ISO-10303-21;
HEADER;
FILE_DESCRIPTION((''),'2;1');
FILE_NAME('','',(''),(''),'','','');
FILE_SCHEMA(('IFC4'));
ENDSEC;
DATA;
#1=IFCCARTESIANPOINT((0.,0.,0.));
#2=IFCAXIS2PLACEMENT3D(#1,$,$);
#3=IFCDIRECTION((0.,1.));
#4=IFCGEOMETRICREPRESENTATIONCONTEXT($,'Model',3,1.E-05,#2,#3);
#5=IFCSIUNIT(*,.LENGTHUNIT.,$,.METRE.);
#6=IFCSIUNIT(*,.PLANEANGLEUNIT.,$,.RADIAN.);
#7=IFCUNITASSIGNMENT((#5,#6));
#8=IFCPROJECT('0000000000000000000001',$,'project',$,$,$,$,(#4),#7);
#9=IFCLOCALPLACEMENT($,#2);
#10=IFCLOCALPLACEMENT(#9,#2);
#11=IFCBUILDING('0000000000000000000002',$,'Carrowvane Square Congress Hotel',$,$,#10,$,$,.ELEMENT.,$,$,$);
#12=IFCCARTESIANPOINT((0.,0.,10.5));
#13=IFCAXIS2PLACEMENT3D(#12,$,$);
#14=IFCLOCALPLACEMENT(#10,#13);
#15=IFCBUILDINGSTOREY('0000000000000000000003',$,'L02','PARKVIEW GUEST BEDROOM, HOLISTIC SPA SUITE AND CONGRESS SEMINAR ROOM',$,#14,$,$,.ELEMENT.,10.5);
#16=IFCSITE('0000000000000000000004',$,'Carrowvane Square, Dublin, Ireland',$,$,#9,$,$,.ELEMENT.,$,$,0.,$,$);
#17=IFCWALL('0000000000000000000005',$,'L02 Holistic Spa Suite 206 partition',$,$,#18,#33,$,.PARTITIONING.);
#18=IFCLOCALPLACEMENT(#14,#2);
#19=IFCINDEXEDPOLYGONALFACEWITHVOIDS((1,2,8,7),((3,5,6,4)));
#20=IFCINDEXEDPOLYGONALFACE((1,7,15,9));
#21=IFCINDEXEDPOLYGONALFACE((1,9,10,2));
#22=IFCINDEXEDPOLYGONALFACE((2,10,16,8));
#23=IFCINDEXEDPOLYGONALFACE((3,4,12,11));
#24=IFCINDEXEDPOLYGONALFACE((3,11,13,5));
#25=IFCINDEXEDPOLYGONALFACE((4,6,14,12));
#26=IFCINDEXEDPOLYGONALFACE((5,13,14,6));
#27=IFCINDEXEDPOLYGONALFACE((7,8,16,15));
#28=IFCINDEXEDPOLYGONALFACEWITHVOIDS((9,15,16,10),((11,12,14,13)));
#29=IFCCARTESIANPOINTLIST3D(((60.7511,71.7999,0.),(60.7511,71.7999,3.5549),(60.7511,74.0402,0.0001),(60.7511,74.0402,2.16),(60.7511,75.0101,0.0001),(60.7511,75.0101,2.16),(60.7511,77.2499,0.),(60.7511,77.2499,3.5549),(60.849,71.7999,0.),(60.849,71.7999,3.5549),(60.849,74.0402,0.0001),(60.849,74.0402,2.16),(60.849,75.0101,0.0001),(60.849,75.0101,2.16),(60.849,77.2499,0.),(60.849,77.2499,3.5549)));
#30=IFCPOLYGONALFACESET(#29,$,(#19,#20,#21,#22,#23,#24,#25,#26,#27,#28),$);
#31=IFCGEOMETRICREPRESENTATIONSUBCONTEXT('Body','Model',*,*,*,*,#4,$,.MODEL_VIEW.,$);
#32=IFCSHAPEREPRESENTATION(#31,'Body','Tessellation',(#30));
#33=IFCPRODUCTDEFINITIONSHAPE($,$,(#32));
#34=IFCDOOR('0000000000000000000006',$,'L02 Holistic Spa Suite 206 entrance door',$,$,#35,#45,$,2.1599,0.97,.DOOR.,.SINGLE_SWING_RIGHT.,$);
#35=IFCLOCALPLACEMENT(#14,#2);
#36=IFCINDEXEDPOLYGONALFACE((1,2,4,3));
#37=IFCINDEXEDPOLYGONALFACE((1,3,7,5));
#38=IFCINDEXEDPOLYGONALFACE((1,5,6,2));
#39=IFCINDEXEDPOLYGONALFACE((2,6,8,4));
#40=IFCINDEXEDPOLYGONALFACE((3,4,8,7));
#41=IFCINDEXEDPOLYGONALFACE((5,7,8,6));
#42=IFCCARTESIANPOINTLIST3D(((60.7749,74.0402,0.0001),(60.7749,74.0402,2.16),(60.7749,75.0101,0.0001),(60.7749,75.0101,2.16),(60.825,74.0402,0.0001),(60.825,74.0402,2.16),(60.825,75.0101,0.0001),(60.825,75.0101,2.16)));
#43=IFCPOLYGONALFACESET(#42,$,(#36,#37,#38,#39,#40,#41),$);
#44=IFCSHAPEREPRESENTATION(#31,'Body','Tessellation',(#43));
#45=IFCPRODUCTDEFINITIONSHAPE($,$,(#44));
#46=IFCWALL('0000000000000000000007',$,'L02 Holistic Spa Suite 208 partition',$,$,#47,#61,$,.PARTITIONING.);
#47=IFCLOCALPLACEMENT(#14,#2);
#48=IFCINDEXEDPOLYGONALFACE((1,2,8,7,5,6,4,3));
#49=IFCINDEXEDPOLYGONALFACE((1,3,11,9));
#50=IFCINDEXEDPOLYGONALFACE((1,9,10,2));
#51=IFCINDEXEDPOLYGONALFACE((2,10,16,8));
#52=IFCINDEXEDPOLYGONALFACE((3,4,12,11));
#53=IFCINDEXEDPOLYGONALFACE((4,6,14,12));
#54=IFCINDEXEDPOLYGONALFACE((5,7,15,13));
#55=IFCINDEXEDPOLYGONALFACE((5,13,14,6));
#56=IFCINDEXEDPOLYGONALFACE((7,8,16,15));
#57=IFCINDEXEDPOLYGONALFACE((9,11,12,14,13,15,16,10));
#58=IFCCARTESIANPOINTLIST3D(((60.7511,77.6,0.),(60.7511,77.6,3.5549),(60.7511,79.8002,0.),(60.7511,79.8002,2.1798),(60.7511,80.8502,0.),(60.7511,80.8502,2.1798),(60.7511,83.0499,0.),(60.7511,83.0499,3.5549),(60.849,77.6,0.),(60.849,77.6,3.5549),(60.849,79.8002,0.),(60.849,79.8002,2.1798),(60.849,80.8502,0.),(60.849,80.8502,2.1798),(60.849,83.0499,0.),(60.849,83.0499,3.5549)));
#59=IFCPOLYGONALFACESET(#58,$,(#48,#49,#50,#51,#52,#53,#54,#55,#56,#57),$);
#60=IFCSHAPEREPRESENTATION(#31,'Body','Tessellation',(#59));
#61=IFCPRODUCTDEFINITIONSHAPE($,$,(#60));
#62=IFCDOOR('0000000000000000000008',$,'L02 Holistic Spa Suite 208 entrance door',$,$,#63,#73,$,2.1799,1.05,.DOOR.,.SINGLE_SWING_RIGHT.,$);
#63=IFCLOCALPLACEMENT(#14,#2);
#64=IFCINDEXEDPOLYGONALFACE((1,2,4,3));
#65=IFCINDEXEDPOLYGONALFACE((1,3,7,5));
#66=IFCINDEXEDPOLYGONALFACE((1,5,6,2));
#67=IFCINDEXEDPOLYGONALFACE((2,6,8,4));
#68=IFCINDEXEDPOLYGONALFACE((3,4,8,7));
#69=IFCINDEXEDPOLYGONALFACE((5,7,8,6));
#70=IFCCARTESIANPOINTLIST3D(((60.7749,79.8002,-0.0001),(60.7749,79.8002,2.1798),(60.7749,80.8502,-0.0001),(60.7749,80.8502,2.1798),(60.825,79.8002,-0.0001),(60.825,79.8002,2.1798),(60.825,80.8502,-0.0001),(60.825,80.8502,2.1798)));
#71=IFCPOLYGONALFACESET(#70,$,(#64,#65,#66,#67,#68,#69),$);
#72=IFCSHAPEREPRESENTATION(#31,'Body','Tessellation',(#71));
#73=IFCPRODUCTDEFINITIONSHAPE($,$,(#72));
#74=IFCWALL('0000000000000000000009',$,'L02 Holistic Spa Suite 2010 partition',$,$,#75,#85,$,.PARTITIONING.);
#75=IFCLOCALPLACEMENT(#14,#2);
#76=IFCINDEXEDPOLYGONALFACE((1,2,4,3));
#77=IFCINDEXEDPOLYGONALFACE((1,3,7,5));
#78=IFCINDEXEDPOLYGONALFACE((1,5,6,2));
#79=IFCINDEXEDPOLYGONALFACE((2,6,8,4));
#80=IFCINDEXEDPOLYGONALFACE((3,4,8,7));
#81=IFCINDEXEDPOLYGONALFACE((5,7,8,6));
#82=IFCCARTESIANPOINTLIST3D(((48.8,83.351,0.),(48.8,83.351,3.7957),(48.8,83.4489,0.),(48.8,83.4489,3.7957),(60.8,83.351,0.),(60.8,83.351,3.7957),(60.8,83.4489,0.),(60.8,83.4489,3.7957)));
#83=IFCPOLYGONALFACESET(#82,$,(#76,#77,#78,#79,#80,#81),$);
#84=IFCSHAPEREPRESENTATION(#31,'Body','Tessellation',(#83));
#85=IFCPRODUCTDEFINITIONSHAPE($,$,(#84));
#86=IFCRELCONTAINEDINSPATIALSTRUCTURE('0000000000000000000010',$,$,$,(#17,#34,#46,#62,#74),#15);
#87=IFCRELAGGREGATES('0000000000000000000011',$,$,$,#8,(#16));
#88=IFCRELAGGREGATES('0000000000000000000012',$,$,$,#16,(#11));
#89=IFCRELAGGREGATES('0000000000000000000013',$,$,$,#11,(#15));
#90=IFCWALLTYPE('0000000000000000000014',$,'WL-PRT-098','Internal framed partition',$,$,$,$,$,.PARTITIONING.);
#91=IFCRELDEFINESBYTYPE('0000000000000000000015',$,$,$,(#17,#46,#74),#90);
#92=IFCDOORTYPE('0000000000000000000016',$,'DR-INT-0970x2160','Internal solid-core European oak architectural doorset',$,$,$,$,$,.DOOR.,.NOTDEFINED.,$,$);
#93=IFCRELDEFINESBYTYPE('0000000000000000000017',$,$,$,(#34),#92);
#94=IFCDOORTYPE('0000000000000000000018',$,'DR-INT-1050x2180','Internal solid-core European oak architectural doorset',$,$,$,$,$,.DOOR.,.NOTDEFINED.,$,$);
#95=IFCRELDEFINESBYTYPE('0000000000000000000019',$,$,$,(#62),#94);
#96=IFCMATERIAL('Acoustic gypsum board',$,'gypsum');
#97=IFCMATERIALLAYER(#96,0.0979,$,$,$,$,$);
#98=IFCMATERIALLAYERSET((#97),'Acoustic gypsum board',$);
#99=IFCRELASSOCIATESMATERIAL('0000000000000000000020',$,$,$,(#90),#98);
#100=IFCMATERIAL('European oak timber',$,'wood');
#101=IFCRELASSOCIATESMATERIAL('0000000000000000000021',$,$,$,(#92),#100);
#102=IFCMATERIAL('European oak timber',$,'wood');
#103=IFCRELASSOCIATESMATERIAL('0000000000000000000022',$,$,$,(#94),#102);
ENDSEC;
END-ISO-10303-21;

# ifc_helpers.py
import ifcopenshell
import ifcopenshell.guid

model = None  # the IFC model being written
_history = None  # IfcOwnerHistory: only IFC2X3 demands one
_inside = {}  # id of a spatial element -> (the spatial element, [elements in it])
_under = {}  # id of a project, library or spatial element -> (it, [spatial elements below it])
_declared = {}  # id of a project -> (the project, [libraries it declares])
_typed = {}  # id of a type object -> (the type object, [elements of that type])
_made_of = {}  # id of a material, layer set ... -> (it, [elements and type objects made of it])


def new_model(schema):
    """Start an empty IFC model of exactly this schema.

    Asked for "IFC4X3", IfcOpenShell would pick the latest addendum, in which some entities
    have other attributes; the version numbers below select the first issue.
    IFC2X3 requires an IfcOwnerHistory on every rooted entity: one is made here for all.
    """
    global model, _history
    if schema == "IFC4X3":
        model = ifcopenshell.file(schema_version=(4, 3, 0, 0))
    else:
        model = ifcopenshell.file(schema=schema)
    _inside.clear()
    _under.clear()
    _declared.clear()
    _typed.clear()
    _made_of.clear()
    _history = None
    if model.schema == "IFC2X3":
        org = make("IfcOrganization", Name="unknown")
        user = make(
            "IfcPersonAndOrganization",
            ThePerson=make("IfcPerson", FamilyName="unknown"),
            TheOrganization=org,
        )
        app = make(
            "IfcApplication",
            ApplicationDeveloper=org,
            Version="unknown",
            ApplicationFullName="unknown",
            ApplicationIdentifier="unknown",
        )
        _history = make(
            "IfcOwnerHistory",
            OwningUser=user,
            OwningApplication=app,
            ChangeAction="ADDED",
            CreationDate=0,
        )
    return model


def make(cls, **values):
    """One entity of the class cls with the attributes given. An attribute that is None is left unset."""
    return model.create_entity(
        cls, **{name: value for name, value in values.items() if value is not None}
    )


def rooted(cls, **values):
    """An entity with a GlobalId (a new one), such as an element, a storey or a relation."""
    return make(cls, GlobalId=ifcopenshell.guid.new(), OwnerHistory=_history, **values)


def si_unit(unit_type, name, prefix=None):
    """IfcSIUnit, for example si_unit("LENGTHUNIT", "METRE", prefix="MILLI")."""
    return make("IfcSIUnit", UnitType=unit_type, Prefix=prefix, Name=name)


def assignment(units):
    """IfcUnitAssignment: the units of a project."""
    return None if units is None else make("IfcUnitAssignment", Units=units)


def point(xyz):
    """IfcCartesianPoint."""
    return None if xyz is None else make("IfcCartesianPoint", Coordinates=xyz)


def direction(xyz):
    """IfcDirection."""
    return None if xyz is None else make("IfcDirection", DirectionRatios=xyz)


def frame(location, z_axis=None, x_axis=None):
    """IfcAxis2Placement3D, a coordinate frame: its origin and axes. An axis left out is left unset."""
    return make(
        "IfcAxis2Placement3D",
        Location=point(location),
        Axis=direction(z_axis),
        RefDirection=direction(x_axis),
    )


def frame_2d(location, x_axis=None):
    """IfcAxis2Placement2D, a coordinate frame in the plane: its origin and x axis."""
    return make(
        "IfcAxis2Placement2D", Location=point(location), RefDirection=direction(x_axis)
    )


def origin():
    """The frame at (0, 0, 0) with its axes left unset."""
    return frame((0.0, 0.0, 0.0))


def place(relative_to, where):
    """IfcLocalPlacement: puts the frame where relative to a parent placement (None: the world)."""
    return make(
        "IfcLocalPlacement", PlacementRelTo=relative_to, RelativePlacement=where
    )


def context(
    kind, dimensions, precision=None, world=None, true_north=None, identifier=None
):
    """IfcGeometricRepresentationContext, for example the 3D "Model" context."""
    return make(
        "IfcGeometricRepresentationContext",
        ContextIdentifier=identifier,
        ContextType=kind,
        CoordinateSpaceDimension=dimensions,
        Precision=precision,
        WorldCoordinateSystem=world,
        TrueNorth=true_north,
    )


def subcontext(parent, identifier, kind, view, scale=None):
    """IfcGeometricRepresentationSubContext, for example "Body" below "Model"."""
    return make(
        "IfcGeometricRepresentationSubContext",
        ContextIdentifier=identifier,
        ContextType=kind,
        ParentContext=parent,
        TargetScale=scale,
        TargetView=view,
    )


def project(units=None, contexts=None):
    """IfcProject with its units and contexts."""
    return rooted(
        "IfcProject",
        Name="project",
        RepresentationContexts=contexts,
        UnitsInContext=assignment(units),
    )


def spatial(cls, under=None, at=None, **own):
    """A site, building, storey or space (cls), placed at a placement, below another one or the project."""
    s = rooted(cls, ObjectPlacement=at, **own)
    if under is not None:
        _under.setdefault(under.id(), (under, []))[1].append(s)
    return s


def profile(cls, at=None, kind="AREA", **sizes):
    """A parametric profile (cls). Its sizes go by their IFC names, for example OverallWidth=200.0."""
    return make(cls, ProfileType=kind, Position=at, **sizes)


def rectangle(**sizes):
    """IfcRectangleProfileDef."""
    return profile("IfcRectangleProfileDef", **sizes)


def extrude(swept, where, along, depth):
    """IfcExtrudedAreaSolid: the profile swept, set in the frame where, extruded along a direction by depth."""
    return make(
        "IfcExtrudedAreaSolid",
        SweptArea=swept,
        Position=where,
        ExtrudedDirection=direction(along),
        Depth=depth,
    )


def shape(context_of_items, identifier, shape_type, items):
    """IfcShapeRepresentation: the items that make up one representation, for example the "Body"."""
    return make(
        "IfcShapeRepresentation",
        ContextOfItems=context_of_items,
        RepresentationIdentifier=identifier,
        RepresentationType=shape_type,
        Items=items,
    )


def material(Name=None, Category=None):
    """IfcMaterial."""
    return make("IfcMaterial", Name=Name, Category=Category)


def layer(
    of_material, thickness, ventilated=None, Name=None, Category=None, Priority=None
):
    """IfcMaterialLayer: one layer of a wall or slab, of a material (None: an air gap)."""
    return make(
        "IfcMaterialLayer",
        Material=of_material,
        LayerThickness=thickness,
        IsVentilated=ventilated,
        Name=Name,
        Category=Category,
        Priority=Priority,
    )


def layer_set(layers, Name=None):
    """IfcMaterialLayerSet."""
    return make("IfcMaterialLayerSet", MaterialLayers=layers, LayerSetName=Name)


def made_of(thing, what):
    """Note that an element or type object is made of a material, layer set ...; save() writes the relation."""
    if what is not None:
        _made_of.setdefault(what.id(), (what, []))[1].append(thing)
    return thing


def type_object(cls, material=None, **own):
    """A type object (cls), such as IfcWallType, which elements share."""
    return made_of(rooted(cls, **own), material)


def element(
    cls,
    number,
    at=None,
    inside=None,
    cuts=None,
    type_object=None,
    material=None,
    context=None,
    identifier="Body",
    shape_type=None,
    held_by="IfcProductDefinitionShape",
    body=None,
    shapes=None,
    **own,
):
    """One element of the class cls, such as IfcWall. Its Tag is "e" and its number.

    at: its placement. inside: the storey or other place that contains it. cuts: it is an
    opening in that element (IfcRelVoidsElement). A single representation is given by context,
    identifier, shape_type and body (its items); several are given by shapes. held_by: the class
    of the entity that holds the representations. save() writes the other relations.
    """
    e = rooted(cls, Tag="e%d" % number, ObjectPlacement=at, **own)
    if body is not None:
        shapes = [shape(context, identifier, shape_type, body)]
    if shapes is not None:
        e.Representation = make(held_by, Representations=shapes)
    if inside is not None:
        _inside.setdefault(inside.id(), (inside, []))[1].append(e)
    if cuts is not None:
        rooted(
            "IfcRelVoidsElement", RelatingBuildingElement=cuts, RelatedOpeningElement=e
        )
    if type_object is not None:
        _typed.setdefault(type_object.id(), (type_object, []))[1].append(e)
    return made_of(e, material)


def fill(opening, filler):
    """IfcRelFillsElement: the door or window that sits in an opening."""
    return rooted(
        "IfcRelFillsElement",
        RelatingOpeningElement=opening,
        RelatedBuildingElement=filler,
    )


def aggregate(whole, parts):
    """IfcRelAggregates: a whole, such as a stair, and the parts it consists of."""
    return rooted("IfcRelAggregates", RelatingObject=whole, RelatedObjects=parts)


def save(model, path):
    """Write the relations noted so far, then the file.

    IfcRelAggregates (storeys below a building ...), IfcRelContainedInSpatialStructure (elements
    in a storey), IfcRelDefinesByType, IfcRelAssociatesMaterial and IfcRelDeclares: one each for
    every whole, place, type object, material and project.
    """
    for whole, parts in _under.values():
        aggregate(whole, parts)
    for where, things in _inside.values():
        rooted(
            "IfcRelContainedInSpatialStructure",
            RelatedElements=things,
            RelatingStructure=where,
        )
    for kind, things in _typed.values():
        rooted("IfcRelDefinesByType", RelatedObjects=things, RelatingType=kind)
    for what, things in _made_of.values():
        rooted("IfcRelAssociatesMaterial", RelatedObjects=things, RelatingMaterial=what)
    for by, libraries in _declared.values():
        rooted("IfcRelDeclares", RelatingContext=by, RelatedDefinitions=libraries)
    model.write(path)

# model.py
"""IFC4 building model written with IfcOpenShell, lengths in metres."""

from ifc_helpers import new_model, si_unit, direction, frame, frame_2d, origin, place, context, subcontext, project, spatial, rectangle, extrude, material, layer, layer_set, type_object, element, fill, save


model = new_model("IFC4")

# Units and contexts
model_context = context("Model", 3, precision=1e-05, world=origin(), true_north=direction((0.0, 1.0)))
body_context = subcontext(model_context, "Body", "Model", "MODEL_VIEW")
ifc_project = project(units=[si_unit("LENGTHUNIT", "METRE"), si_unit("PLANEANGLEUNIT", "RADIAN")], contexts=[model_context])

# Site, building, storey
site_placement = place(None, origin())
site = spatial("IfcSite", under=ifc_project, at=site_placement, Name="Carrowvane Square, Dublin, Ireland", CompositionType="ELEMENT", RefElevation=0.0)
building_placement = place(site_placement, origin())
building = spatial("IfcBuilding", under=site, at=building_placement, Name="Carrowvane Square Congress Hotel", CompositionType="ELEMENT")
storey_placement = place(building_placement, frame((0.0, 0.0, 10.5)))
storey = spatial("IfcBuildingStorey", under=building, at=storey_placement, Name="L02", Description="PARKVIEW GUEST BEDROOM, HOLISTIC SPA SUITE AND CONGRESS SEMINAR ROOM", CompositionType="ELEMENT", Elevation=10.5)

# Walls, openings, doors
ifc_material_1 = material(Name="Acoustic gypsum board", Category="gypsum")
ifc_layer_1 = layer(ifc_material_1, 0.0979)
ifc_layer_set_1 = layer_set([ifc_layer_1], Name="Acoustic gypsum board")
wall_type_1 = type_object("IfcWallType", Name="WL-PRT-098", Description="Internal framed partition", PredefinedType="PARTITIONING", material=ifc_layer_set_1)
wall_1_placement = place(storey_placement, frame((60.8, 77.25, 0.0), z_axis=(0.0, 0.0, 1.0), x_axis=(0.0, -1.0, 0.0)))
wall_1 = element("IfcWall", 1, at=wall_1_placement, inside=storey, type_object=wall_type_1, Name="L02 Holistic Spa Suite 206 partition", PredefinedType="PARTITIONING", context=body_context, shape_type="SweptSolid", body=[
    extrude(rectangle(XDim=5.45, YDim=0.0979, at=frame_2d((2.7251, 0.0))), origin(), (0.0, 0.0, 1.0), 3.5549),
])
opening_1_placement = place(wall_1_placement, frame((2.24, 0.0, 0.0)))
opening_1 = element("IfcOpeningElement", 2, at=opening_1_placement, cuts=wall_1, PredefinedType="OPENING", context=body_context, shape_type="SweptSolid", body=[
    extrude(rectangle(XDim=0.97, YDim=2.1599, at=frame_2d((0.4849, 1.0801))), frame((0.0, 0.0588, 0.0), z_axis=(0.0, -1.0, 0.0), x_axis=(1.0, 0.0, 0.0)), (0.0, 0.0, 1.0), 0.1179),
])
ifc_material_2 = material(Name="European oak timber", Category="wood")
door_type_1 = type_object("IfcDoorType", Name="DR-INT-0970x2160", Description="Internal solid-core European oak architectural doorset", OperationType="NOTDEFINED", PredefinedType="DOOR", material=ifc_material_2)
door_1_placement = place(opening_1_placement, origin())
door_1 = element("IfcDoor", 3, at=door_1_placement, inside=storey, type_object=door_type_1, Name="L02 Holistic Spa Suite 206 entrance door", OperationType="SINGLE_SWING_RIGHT", OverallHeight=2.1599, OverallWidth=0.97, PredefinedType="DOOR", context=body_context, shape_type="SweptSolid", body=[
    extrude(rectangle(XDim=0.97, YDim=2.1599, at=frame_2d((0.4849, 1.0801))), frame((0.0, 0.0249, 0.0), z_axis=(0.0, -1.0, 0.0), x_axis=(1.0, 0.0, 0.0)), (0.0, 0.0, 1.0), 0.05),
])
fill(opening_1, door_1)
wall_2_placement = place(storey_placement, frame((60.8, 83.05, 0.0), z_axis=(0.0, 0.0, 1.0), x_axis=(0.0, -1.0, 0.0)))
wall_2 = element("IfcWall", 4, at=wall_2_placement, inside=storey, type_object=wall_type_1, Name="L02 Holistic Spa Suite 208 partition", PredefinedType="PARTITIONING", context=body_context, shape_type="SweptSolid", body=[
    extrude(rectangle(XDim=5.45, YDim=0.0979, at=frame_2d((2.7251, 0.0))), origin(), (0.0, 0.0, 1.0), 3.5549),
])
opening_2_placement = place(wall_2_placement, frame((2.2, 0.0, 0.0)))
opening_2 = element("IfcOpeningElement", 5, at=opening_2_placement, cuts=wall_2, PredefinedType="OPENING", context=body_context, shape_type="SweptSolid", body=[
    extrude(rectangle(XDim=1.05, YDim=2.1799, at=frame_2d((0.5249, 1.0898))), frame((0.0, 0.0588, 0.0), z_axis=(0.0, -1.0, 0.0), x_axis=(1.0, 0.0, 0.0)), (0.0, 0.0, 1.0), 0.1179),
])
ifc_material_3 = material(Name="European oak timber", Category="wood")
door_type_2 = type_object("IfcDoorType", Name="DR-INT-1050x2180", Description="Internal solid-core European oak architectural doorset", OperationType="NOTDEFINED", PredefinedType="DOOR", material=ifc_material_3)
door_2_placement = place(opening_2_placement, origin())
door_2 = element("IfcDoor", 6, at=door_2_placement, inside=storey, type_object=door_type_2, Name="L02 Holistic Spa Suite 208 entrance door", OperationType="SINGLE_SWING_RIGHT", OverallHeight=2.1799, OverallWidth=1.05, PredefinedType="DOOR", context=body_context, shape_type="SweptSolid", body=[
    extrude(rectangle(XDim=1.05, YDim=2.1799, at=frame_2d((0.5249, 1.0898))), frame((0.0, 0.0249, 0.0), z_axis=(0.0, -1.0, 0.0), x_axis=(1.0, 0.0, 0.0)), (0.0, 0.0, 1.0), 0.05),
])
fill(opening_2, door_2)

# Wall
wall_3_placement = place(storey_placement, frame((60.8, 83.3999, 0.0), z_axis=(0.0, 0.0, 1.0), x_axis=(-1.0, 0.0, 0.0)))
element("IfcWall", 7, at=wall_3_placement, inside=storey, type_object=wall_type_1, Name="L02 Holistic Spa Suite 2010 partition", PredefinedType="PARTITIONING", context=body_context, shape_type="SweptSolid", body=[
    extrude(rectangle(XDim=12.0, YDim=0.0979, at=frame_2d((6.0, 0.0))), origin(), (0.0, 0.0, 1.0), 3.7957),
])

save(model, "model.ifc")
